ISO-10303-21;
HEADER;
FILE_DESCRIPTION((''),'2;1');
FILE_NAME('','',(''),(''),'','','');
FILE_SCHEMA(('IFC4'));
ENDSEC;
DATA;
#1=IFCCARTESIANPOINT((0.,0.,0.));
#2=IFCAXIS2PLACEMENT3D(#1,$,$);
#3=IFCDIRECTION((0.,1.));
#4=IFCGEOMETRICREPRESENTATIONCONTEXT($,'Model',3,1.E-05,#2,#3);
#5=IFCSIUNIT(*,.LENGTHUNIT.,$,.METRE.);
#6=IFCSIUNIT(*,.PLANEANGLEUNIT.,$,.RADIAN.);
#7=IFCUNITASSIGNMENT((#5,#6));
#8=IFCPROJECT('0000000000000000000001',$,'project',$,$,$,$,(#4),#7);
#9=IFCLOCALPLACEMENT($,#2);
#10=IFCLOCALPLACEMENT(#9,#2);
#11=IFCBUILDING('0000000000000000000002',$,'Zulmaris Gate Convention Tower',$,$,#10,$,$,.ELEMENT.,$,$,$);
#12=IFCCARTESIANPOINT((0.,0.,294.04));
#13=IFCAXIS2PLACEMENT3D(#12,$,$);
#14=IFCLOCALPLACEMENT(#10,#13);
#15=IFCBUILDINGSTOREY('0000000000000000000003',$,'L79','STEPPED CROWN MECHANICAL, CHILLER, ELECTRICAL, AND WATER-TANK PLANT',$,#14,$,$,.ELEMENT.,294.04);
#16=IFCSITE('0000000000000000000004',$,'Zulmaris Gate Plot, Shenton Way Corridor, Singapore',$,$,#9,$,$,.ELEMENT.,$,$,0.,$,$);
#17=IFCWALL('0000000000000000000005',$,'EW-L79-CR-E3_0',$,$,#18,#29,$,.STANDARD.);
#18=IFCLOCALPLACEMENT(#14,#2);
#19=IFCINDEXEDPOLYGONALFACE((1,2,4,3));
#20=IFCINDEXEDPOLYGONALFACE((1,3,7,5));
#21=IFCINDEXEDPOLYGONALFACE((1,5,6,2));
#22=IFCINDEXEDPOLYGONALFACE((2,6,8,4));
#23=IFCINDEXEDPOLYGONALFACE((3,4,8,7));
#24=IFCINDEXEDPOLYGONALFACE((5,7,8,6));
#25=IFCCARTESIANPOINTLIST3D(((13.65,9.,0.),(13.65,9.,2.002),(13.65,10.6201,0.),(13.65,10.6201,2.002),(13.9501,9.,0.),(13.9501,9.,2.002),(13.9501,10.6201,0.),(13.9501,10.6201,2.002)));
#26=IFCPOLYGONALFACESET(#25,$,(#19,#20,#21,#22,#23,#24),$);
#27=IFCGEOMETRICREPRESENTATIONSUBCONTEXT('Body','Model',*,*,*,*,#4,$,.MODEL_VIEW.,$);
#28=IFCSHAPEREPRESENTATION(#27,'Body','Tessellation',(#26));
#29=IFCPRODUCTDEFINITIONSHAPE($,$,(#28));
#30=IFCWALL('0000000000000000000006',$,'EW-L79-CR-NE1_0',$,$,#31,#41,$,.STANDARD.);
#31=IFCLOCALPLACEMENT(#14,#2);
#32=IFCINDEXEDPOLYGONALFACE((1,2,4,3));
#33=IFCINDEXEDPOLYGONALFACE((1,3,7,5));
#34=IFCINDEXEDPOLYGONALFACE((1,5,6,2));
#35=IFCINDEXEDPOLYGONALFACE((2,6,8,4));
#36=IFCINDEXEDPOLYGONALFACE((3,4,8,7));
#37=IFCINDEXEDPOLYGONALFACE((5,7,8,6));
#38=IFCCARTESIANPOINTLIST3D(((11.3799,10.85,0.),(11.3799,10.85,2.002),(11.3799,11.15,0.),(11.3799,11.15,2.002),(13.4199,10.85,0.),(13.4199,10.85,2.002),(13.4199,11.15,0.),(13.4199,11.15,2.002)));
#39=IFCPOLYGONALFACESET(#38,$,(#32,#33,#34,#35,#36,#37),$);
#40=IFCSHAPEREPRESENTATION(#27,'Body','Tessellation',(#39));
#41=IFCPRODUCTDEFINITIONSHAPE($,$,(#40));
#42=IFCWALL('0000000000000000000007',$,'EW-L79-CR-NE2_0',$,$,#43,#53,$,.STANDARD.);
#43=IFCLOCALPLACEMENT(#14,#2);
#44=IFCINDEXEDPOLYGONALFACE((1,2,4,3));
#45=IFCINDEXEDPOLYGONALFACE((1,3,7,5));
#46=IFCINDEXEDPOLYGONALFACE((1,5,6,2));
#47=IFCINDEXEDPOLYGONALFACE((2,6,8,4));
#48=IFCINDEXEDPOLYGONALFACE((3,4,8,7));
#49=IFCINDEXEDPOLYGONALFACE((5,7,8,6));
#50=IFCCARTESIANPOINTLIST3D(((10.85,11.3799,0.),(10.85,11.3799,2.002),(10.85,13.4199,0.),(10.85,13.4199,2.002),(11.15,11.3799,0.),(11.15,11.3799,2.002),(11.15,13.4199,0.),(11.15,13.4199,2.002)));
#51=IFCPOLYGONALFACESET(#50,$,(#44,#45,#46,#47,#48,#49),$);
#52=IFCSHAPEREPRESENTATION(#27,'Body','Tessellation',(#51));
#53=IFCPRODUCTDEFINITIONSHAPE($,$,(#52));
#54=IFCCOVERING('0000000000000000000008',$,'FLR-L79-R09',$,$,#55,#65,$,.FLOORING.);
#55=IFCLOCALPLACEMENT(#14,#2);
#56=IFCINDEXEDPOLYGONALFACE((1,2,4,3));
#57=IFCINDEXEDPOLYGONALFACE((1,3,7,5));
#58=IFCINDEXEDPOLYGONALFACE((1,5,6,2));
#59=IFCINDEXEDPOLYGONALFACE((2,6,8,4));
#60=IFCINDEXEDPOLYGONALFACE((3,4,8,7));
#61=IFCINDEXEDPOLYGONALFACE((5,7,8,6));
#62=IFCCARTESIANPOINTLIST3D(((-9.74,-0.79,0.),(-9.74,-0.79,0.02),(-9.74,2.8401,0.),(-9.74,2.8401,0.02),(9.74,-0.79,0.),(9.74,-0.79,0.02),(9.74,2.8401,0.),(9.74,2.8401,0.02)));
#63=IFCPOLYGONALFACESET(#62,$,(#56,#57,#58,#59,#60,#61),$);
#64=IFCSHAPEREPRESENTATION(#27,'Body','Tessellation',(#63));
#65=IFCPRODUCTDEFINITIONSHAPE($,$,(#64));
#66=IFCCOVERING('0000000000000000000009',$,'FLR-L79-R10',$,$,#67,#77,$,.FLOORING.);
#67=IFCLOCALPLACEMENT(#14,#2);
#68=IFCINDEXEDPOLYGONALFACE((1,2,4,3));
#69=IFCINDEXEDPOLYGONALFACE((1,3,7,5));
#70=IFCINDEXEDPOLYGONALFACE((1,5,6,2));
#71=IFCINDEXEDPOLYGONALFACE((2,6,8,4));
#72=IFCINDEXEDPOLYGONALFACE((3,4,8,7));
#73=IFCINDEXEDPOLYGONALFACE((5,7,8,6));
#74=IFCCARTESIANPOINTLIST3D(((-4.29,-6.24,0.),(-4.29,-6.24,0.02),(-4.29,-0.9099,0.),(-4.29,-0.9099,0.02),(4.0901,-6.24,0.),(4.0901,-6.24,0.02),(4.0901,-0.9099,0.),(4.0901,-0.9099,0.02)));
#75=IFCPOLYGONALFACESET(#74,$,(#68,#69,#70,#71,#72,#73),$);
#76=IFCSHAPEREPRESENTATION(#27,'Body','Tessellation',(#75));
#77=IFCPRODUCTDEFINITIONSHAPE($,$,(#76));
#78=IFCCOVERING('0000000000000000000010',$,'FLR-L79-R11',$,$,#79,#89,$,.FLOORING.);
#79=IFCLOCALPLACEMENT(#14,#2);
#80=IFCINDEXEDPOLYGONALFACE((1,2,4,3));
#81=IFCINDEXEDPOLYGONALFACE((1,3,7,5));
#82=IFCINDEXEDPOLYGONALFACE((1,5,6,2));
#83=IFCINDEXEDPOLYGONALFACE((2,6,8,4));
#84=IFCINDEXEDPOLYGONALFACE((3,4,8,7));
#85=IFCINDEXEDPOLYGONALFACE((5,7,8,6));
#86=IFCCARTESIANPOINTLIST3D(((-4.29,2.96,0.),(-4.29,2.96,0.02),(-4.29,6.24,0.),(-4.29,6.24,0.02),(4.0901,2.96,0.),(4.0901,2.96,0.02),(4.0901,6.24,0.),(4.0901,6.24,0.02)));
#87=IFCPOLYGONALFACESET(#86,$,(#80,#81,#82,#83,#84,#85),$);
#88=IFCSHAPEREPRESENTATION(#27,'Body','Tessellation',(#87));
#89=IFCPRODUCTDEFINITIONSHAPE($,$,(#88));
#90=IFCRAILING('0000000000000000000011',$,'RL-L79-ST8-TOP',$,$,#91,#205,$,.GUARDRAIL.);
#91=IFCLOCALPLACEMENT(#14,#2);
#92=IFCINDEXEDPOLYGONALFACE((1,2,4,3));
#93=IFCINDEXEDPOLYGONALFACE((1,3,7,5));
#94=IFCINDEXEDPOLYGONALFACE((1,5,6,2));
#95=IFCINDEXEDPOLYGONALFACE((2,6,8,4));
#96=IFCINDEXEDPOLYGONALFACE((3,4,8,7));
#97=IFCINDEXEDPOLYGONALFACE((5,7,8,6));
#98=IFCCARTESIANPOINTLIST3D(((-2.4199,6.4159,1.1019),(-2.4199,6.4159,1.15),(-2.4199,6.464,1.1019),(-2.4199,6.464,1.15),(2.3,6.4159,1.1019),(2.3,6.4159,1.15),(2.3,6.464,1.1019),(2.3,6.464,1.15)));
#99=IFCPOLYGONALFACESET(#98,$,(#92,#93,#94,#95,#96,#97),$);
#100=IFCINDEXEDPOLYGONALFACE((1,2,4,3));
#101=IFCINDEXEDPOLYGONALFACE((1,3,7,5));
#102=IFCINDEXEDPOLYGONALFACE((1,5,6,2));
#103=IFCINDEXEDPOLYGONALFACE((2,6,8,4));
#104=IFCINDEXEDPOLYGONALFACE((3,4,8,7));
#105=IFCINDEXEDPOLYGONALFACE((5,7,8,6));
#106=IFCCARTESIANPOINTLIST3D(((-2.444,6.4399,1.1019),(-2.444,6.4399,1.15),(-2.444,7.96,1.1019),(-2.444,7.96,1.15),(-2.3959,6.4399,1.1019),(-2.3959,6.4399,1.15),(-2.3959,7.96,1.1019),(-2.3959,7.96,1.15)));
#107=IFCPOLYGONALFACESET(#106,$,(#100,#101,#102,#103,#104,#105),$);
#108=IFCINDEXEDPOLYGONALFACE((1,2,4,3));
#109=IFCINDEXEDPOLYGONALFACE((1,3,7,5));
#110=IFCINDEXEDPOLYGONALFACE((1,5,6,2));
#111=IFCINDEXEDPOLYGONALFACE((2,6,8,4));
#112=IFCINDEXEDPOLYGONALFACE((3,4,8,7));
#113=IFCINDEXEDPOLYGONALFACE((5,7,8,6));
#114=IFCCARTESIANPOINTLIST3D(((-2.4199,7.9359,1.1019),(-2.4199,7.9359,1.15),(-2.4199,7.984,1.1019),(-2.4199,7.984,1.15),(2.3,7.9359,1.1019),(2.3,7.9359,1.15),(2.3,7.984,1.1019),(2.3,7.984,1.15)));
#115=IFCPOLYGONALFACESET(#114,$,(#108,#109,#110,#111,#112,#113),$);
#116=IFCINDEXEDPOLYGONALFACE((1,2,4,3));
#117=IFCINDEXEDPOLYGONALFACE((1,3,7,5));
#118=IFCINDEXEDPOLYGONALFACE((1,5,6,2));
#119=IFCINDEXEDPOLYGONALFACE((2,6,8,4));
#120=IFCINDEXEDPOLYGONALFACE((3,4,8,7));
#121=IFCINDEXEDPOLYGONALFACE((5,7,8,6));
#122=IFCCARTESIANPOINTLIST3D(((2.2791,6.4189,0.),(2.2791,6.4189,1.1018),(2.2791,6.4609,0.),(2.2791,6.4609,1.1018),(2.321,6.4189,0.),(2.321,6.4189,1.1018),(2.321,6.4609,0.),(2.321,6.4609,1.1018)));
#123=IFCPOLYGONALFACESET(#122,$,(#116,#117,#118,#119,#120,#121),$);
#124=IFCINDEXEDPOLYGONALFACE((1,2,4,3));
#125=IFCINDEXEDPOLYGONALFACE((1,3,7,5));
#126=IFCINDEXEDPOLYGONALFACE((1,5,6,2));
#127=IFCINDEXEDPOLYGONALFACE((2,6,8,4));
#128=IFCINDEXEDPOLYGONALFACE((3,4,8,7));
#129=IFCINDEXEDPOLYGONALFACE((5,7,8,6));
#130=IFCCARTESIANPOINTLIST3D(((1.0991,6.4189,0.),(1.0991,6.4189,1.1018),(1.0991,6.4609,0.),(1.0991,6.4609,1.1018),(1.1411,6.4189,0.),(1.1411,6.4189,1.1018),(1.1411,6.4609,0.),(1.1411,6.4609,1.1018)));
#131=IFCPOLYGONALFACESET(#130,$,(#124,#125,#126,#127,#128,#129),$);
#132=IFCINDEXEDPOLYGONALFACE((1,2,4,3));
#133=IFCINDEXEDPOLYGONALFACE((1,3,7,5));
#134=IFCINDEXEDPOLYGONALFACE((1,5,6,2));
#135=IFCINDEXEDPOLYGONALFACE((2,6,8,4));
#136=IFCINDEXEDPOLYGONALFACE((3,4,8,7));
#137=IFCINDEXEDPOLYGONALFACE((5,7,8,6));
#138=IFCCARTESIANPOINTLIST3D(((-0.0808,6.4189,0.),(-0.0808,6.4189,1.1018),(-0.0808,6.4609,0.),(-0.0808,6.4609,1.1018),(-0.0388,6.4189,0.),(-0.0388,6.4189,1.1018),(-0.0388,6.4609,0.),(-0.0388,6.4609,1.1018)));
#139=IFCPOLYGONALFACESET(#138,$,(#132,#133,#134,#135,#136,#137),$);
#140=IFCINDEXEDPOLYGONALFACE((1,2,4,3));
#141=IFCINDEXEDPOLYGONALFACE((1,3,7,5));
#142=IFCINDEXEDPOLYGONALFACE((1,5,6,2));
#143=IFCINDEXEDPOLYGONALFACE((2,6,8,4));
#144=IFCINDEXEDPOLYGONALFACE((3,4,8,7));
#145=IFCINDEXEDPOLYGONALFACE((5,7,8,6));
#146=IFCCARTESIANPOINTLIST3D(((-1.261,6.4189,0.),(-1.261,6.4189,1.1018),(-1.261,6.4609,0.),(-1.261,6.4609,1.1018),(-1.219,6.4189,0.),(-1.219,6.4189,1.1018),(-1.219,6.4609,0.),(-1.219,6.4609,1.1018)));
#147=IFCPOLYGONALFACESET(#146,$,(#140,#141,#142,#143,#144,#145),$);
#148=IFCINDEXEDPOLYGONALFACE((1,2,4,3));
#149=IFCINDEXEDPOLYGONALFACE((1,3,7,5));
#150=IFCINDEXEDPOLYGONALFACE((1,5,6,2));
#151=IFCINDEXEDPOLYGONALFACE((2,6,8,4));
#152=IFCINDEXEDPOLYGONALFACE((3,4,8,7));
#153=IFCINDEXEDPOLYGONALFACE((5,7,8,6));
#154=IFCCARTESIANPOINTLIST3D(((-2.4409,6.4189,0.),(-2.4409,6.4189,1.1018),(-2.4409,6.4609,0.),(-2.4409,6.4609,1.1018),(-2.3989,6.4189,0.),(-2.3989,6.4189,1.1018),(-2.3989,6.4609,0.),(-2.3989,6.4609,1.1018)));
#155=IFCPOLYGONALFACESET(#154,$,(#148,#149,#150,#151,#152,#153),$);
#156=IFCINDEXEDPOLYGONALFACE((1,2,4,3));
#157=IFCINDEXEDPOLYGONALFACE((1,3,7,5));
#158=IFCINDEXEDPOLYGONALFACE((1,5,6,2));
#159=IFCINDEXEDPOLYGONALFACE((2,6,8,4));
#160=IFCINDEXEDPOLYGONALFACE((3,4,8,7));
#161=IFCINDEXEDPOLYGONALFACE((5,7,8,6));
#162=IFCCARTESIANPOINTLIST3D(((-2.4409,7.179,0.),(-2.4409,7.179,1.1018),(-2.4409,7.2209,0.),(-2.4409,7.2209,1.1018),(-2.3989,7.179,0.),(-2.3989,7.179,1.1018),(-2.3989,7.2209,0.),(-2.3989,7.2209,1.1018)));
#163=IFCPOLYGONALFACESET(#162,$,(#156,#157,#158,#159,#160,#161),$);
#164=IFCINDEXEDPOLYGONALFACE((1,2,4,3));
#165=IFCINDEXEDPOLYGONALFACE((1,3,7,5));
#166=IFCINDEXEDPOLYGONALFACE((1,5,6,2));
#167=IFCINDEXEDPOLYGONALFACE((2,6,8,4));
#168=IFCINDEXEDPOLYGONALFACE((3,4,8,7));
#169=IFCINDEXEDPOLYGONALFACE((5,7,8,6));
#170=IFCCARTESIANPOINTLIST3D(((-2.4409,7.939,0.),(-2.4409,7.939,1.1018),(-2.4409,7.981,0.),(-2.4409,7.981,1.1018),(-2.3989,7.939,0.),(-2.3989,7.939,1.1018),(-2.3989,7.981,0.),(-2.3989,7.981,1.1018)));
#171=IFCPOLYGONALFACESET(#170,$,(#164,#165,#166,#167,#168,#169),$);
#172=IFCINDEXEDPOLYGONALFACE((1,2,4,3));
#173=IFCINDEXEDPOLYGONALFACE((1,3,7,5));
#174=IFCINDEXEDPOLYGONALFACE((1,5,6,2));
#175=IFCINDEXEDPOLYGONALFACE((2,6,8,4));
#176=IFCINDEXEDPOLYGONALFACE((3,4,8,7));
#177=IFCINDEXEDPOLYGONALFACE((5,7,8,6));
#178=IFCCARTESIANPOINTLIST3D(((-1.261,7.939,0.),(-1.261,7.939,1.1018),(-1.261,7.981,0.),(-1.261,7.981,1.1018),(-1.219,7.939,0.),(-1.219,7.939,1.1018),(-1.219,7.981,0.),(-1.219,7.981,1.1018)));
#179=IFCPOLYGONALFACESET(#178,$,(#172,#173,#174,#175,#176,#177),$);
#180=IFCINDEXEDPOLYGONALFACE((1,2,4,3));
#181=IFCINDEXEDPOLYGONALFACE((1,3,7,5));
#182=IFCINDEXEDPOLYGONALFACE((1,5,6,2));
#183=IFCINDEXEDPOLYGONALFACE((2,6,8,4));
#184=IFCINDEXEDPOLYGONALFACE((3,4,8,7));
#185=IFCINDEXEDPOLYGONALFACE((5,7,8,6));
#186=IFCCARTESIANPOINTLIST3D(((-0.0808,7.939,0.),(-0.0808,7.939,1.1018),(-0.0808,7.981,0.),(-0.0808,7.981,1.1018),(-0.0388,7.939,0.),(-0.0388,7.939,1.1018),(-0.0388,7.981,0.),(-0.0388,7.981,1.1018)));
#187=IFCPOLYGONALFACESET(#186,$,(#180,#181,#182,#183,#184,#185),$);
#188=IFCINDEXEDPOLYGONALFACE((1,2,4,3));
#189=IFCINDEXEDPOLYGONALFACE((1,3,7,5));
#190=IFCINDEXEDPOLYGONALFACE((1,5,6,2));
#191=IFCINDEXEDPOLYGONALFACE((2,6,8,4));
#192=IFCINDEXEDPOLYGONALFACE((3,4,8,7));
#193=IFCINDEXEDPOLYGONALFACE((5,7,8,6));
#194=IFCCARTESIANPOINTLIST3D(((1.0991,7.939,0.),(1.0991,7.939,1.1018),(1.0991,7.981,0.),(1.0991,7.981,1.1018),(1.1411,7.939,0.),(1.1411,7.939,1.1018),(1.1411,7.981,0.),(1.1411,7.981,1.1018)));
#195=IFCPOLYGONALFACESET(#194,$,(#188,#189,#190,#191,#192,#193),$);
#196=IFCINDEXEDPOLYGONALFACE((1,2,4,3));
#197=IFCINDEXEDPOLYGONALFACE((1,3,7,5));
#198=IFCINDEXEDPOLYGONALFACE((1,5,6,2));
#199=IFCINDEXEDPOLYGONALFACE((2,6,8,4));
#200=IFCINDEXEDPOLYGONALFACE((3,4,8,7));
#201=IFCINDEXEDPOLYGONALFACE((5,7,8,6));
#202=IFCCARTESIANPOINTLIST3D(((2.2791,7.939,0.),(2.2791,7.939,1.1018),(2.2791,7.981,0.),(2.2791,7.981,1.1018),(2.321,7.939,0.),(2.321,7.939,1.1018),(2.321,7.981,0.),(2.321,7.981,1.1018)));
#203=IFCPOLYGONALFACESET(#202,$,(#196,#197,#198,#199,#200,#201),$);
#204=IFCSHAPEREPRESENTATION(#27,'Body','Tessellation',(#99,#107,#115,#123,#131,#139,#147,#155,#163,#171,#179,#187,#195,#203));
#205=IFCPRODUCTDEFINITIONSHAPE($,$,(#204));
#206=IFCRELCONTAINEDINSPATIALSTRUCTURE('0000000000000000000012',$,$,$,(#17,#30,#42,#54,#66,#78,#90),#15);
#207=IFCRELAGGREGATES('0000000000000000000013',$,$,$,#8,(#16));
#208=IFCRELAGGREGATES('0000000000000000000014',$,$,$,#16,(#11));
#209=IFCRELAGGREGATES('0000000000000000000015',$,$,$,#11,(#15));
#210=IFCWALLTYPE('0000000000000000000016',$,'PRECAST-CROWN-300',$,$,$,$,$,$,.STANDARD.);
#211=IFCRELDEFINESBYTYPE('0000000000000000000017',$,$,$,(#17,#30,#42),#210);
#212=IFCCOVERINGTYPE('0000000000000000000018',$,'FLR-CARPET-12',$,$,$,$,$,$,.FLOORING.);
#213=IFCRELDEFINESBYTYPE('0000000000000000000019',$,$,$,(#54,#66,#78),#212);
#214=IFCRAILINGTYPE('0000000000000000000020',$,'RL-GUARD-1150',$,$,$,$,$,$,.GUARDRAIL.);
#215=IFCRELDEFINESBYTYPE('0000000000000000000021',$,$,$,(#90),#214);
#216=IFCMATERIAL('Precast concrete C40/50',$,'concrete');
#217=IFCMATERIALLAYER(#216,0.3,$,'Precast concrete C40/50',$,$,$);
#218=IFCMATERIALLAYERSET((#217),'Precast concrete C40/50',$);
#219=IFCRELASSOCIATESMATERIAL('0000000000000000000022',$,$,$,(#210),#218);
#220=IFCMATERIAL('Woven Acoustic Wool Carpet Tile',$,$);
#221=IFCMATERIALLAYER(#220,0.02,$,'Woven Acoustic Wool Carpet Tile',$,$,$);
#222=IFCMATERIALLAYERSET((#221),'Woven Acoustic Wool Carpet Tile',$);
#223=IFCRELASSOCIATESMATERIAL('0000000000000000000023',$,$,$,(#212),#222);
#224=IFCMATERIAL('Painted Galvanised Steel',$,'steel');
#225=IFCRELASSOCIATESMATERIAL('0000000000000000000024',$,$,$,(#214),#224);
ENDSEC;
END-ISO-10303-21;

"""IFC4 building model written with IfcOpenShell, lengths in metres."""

from ifc_helpers import new_model, si_unit, direction, frame, frame_2d, origin, origin_2d, place, context, subcontext, project, spatial, polyline, rectangle, outline, extrude, material, layer, layer_set, type_object, element, save


model = new_model("IFC4")

# Units and contexts
model_context = context("Model", 3, precision=1e-05, world=origin(), true_north=direction((0.0, 1.0)))
body_context = subcontext(model_context, "Body", "Model", "MODEL_VIEW")
ifc_project = project(units=[si_unit("LENGTHUNIT", "METRE"), si_unit("PLANEANGLEUNIT", "RADIAN")], contexts=[model_context])

# Site, building, storey
site_placement = place(None, origin())
site = spatial("IfcSite", under=ifc_project, at=site_placement, Name="Zulmaris Gate Plot, Shenton Way Corridor, Singapore", CompositionType="ELEMENT", RefElevation=0.0)
building_placement = place(site_placement, origin())
building = spatial("IfcBuilding", under=site, at=building_placement, Name="Zulmaris Gate Convention Tower", CompositionType="ELEMENT")
storey_placement = place(building_placement, frame((0.0, 0.0, 294.04)))
storey = spatial("IfcBuildingStorey", under=building, at=storey_placement, Name="L79", Description="STEPPED CROWN MECHANICAL, CHILLER, ELECTRICAL, AND WATER-TANK PLANT", CompositionType="ELEMENT", Elevation=294.04)

# Walls
ifc_material_1 = material(Name="Precast concrete C40/50", Category="concrete")
ifc_layer_1 = layer(ifc_material_1, 0.3, Name="Precast concrete C40/50")
ifc_layer_set_1 = layer_set([ifc_layer_1], Name="Precast concrete C40/50")
wall_type_1 = type_object("IfcWallType", Name="PRECAST-CROWN-300", PredefinedType="STANDARD", material=ifc_layer_set_1)
wall_1_placement = place(storey_placement, frame((13.8, 9.0, 0.0), z_axis=(0.0, 0.0, 1.0), x_axis=(0.0, 1.0, 0.0)))
element("IfcWall", 1, at=wall_1_placement, inside=storey, type_object=wall_type_1, Name="EW-L79-CR-E3_0", PredefinedType="STANDARD", context=body_context, shape_type="SweptSolid", body=[
    extrude(rectangle(XDim=1.6201, YDim=0.3, at=frame_2d((0.8101, 0.0))), origin(), (0.0, 0.0, 1.0), 2.002),
])
for number, where, z_axis, x_axis, name in (
    (2, (13.4199, 11.0, 0.0), (0.0, 0.0, 1.0), (-1.0, 0.0, 0.0), "EW-L79-CR-NE1_0"),
    (3, (11.0, 11.3799, 0.0), (0.0, 0.0, 1.0), (0.0, 1.0, 0.0), "EW-L79-CR-NE2_0"),
):
    element("IfcWall", number, at=place(storey_placement, frame(where, z_axis=z_axis, x_axis=x_axis)), inside=storey, type_object=wall_type_1, Name=name, PredefinedType="STANDARD", context=body_context, shape_type="SweptSolid", body=[
        extrude(rectangle(XDim=2.04, YDim=0.3, at=frame_2d((1.02, 0.0))), origin(), (0.0, 0.0, 1.0), 2.002),
    ])

# Coverings
ifc_material_2 = material(Name="Woven Acoustic Wool Carpet Tile")
ifc_layer_2 = layer(ifc_material_2, 0.02, Name="Woven Acoustic Wool Carpet Tile")
ifc_layer_set_2 = layer_set([ifc_layer_2], Name="Woven Acoustic Wool Carpet Tile")
covering_type = type_object("IfcCoveringType", Name="FLR-CARPET-12", PredefinedType="FLOORING", material=ifc_layer_set_2)
covering_1_placement = place(storey_placement, origin())
element("IfcCovering", 4, at=covering_1_placement, inside=storey, type_object=covering_type, Name="FLR-L79-R09", PredefinedType="FLOORING", context=body_context, shape_type="SweptSolid", body=[
    extrude(outline(polyline([(-9.74, -0.79), (9.74, -0.79), (9.74, 2.8401), (-9.74, 2.8401), (-9.74, -0.79)])), origin(), (0.0, 0.0, 1.0), 0.02),
])
covering_2_placement = place(storey_placement, origin())
element("IfcCovering", 5, at=covering_2_placement, inside=storey, type_object=covering_type, Name="FLR-L79-R10", PredefinedType="FLOORING", context=body_context, shape_type="SweptSolid", body=[
    extrude(outline(polyline([(-4.29, -6.24), (4.0901, -6.24), (4.0901, -0.9099), (-4.29, -0.9099), (-4.29, -6.24)])), origin(), (0.0, 0.0, 1.0), 0.02),
])
covering_3_placement = place(storey_placement, origin())
element("IfcCovering", 6, at=covering_3_placement, inside=storey, type_object=covering_type, Name="FLR-L79-R11", PredefinedType="FLOORING", context=body_context, shape_type="SweptSolid", body=[
    extrude(outline(polyline([(-4.29, 2.96), (4.0901, 2.96), (4.0901, 6.24), (-4.29, 6.24), (-4.29, 2.96)])), origin(), (0.0, 0.0, 1.0), 0.02),
])

# Railing
ifc_material_3 = material(Name="Painted Galvanised Steel", Category="steel")
railing_type = type_object("IfcRailingType", Name="RL-GUARD-1150", PredefinedType="GUARDRAIL", material=ifc_material_3)
railing_placement = place(storey_placement, frame((2.3, 6.4399, 0.0)))
element("IfcRailing", 7, at=railing_placement, inside=storey, type_object=railing_type, Name="RL-L79-ST8-TOP", PredefinedType="GUARDRAIL", context=body_context, shape_type="SweptSolid", body=[
    extrude(rectangle(XDim=0.0481, YDim=0.0481, at=origin_2d()), frame((0.0, 0.0, 1.126), z_axis=(-1.0, 0.0, 0.0), x_axis=(0.0, -1.0, 0.0)), (0.0, 0.0, 1.0), 4.72),
    extrude(rectangle(XDim=0.0481, YDim=0.0481, at=origin_2d()), frame((-4.72, 0.0, 1.126), z_axis=(0.0, 1.0, 0.0), x_axis=(-1.0, 0.0, 0.0)), (0.0, 0.0, 1.0), 1.52),
    extrude(rectangle(XDim=0.0481, YDim=0.0481, at=origin_2d()), frame((-4.72, 1.52, 1.126), z_axis=(1.0, 0.0, 0.0), x_axis=(0.0, 1.0, 0.0)), (0.0, 0.0, 1.0), 4.72),
    extrude(rectangle(XDim=0.042, YDim=0.042, at=origin_2d()), origin(), (0.0, 0.0, 1.0), 1.1018),
    extrude(rectangle(XDim=0.042, YDim=0.042, at=origin_2d()), frame((-1.1799, 0.0, 0.0)), (0.0, 0.0, 1.0), 1.1018),
    extrude(rectangle(XDim=0.042, YDim=0.042, at=origin_2d()), frame((-2.3599, 0.0, 0.0)), (0.0, 0.0, 1.0), 1.1018),
    extrude(rectangle(XDim=0.042, YDim=0.042, at=origin_2d()), frame((-3.54, 0.0, 0.0)), (0.0, 0.0, 1.0), 1.1018),
    extrude(rectangle(XDim=0.042, YDim=0.042, at=origin_2d()), frame((-4.72, 0.0, 0.0)), (0.0, 0.0, 1.0), 1.1018),
    extrude(rectangle(XDim=0.042, YDim=0.042, at=origin_2d()), frame((-4.72, 0.76, 0.0)), (0.0, 0.0, 1.0), 1.1018),
    extrude(rectangle(XDim=0.042, YDim=0.042, at=origin_2d()), frame((-4.72, 1.52, 0.0)), (0.0, 0.0, 1.0), 1.1018),
    extrude(rectangle(XDim=0.042, YDim=0.042, at=origin_2d()), frame((-3.54, 1.52, 0.0)), (0.0, 0.0, 1.0), 1.1018),
    extrude(rectangle(XDim=0.042, YDim=0.042, at=origin_2d()), frame((-2.3599, 1.52, 0.0)), (0.0, 0.0, 1.0), 1.1018),
    extrude(rectangle(XDim=0.042, YDim=0.042, at=origin_2d()), frame((-1.1799, 1.52, 0.0)), (0.0, 0.0, 1.0), 1.1018),
    extrude(rectangle(XDim=0.042, YDim=0.042, at=origin_2d()), frame((0.0, 1.52, 0.0)), (0.0, 0.0, 1.0), 1.1018),
])

save(model, "model.ifc")
